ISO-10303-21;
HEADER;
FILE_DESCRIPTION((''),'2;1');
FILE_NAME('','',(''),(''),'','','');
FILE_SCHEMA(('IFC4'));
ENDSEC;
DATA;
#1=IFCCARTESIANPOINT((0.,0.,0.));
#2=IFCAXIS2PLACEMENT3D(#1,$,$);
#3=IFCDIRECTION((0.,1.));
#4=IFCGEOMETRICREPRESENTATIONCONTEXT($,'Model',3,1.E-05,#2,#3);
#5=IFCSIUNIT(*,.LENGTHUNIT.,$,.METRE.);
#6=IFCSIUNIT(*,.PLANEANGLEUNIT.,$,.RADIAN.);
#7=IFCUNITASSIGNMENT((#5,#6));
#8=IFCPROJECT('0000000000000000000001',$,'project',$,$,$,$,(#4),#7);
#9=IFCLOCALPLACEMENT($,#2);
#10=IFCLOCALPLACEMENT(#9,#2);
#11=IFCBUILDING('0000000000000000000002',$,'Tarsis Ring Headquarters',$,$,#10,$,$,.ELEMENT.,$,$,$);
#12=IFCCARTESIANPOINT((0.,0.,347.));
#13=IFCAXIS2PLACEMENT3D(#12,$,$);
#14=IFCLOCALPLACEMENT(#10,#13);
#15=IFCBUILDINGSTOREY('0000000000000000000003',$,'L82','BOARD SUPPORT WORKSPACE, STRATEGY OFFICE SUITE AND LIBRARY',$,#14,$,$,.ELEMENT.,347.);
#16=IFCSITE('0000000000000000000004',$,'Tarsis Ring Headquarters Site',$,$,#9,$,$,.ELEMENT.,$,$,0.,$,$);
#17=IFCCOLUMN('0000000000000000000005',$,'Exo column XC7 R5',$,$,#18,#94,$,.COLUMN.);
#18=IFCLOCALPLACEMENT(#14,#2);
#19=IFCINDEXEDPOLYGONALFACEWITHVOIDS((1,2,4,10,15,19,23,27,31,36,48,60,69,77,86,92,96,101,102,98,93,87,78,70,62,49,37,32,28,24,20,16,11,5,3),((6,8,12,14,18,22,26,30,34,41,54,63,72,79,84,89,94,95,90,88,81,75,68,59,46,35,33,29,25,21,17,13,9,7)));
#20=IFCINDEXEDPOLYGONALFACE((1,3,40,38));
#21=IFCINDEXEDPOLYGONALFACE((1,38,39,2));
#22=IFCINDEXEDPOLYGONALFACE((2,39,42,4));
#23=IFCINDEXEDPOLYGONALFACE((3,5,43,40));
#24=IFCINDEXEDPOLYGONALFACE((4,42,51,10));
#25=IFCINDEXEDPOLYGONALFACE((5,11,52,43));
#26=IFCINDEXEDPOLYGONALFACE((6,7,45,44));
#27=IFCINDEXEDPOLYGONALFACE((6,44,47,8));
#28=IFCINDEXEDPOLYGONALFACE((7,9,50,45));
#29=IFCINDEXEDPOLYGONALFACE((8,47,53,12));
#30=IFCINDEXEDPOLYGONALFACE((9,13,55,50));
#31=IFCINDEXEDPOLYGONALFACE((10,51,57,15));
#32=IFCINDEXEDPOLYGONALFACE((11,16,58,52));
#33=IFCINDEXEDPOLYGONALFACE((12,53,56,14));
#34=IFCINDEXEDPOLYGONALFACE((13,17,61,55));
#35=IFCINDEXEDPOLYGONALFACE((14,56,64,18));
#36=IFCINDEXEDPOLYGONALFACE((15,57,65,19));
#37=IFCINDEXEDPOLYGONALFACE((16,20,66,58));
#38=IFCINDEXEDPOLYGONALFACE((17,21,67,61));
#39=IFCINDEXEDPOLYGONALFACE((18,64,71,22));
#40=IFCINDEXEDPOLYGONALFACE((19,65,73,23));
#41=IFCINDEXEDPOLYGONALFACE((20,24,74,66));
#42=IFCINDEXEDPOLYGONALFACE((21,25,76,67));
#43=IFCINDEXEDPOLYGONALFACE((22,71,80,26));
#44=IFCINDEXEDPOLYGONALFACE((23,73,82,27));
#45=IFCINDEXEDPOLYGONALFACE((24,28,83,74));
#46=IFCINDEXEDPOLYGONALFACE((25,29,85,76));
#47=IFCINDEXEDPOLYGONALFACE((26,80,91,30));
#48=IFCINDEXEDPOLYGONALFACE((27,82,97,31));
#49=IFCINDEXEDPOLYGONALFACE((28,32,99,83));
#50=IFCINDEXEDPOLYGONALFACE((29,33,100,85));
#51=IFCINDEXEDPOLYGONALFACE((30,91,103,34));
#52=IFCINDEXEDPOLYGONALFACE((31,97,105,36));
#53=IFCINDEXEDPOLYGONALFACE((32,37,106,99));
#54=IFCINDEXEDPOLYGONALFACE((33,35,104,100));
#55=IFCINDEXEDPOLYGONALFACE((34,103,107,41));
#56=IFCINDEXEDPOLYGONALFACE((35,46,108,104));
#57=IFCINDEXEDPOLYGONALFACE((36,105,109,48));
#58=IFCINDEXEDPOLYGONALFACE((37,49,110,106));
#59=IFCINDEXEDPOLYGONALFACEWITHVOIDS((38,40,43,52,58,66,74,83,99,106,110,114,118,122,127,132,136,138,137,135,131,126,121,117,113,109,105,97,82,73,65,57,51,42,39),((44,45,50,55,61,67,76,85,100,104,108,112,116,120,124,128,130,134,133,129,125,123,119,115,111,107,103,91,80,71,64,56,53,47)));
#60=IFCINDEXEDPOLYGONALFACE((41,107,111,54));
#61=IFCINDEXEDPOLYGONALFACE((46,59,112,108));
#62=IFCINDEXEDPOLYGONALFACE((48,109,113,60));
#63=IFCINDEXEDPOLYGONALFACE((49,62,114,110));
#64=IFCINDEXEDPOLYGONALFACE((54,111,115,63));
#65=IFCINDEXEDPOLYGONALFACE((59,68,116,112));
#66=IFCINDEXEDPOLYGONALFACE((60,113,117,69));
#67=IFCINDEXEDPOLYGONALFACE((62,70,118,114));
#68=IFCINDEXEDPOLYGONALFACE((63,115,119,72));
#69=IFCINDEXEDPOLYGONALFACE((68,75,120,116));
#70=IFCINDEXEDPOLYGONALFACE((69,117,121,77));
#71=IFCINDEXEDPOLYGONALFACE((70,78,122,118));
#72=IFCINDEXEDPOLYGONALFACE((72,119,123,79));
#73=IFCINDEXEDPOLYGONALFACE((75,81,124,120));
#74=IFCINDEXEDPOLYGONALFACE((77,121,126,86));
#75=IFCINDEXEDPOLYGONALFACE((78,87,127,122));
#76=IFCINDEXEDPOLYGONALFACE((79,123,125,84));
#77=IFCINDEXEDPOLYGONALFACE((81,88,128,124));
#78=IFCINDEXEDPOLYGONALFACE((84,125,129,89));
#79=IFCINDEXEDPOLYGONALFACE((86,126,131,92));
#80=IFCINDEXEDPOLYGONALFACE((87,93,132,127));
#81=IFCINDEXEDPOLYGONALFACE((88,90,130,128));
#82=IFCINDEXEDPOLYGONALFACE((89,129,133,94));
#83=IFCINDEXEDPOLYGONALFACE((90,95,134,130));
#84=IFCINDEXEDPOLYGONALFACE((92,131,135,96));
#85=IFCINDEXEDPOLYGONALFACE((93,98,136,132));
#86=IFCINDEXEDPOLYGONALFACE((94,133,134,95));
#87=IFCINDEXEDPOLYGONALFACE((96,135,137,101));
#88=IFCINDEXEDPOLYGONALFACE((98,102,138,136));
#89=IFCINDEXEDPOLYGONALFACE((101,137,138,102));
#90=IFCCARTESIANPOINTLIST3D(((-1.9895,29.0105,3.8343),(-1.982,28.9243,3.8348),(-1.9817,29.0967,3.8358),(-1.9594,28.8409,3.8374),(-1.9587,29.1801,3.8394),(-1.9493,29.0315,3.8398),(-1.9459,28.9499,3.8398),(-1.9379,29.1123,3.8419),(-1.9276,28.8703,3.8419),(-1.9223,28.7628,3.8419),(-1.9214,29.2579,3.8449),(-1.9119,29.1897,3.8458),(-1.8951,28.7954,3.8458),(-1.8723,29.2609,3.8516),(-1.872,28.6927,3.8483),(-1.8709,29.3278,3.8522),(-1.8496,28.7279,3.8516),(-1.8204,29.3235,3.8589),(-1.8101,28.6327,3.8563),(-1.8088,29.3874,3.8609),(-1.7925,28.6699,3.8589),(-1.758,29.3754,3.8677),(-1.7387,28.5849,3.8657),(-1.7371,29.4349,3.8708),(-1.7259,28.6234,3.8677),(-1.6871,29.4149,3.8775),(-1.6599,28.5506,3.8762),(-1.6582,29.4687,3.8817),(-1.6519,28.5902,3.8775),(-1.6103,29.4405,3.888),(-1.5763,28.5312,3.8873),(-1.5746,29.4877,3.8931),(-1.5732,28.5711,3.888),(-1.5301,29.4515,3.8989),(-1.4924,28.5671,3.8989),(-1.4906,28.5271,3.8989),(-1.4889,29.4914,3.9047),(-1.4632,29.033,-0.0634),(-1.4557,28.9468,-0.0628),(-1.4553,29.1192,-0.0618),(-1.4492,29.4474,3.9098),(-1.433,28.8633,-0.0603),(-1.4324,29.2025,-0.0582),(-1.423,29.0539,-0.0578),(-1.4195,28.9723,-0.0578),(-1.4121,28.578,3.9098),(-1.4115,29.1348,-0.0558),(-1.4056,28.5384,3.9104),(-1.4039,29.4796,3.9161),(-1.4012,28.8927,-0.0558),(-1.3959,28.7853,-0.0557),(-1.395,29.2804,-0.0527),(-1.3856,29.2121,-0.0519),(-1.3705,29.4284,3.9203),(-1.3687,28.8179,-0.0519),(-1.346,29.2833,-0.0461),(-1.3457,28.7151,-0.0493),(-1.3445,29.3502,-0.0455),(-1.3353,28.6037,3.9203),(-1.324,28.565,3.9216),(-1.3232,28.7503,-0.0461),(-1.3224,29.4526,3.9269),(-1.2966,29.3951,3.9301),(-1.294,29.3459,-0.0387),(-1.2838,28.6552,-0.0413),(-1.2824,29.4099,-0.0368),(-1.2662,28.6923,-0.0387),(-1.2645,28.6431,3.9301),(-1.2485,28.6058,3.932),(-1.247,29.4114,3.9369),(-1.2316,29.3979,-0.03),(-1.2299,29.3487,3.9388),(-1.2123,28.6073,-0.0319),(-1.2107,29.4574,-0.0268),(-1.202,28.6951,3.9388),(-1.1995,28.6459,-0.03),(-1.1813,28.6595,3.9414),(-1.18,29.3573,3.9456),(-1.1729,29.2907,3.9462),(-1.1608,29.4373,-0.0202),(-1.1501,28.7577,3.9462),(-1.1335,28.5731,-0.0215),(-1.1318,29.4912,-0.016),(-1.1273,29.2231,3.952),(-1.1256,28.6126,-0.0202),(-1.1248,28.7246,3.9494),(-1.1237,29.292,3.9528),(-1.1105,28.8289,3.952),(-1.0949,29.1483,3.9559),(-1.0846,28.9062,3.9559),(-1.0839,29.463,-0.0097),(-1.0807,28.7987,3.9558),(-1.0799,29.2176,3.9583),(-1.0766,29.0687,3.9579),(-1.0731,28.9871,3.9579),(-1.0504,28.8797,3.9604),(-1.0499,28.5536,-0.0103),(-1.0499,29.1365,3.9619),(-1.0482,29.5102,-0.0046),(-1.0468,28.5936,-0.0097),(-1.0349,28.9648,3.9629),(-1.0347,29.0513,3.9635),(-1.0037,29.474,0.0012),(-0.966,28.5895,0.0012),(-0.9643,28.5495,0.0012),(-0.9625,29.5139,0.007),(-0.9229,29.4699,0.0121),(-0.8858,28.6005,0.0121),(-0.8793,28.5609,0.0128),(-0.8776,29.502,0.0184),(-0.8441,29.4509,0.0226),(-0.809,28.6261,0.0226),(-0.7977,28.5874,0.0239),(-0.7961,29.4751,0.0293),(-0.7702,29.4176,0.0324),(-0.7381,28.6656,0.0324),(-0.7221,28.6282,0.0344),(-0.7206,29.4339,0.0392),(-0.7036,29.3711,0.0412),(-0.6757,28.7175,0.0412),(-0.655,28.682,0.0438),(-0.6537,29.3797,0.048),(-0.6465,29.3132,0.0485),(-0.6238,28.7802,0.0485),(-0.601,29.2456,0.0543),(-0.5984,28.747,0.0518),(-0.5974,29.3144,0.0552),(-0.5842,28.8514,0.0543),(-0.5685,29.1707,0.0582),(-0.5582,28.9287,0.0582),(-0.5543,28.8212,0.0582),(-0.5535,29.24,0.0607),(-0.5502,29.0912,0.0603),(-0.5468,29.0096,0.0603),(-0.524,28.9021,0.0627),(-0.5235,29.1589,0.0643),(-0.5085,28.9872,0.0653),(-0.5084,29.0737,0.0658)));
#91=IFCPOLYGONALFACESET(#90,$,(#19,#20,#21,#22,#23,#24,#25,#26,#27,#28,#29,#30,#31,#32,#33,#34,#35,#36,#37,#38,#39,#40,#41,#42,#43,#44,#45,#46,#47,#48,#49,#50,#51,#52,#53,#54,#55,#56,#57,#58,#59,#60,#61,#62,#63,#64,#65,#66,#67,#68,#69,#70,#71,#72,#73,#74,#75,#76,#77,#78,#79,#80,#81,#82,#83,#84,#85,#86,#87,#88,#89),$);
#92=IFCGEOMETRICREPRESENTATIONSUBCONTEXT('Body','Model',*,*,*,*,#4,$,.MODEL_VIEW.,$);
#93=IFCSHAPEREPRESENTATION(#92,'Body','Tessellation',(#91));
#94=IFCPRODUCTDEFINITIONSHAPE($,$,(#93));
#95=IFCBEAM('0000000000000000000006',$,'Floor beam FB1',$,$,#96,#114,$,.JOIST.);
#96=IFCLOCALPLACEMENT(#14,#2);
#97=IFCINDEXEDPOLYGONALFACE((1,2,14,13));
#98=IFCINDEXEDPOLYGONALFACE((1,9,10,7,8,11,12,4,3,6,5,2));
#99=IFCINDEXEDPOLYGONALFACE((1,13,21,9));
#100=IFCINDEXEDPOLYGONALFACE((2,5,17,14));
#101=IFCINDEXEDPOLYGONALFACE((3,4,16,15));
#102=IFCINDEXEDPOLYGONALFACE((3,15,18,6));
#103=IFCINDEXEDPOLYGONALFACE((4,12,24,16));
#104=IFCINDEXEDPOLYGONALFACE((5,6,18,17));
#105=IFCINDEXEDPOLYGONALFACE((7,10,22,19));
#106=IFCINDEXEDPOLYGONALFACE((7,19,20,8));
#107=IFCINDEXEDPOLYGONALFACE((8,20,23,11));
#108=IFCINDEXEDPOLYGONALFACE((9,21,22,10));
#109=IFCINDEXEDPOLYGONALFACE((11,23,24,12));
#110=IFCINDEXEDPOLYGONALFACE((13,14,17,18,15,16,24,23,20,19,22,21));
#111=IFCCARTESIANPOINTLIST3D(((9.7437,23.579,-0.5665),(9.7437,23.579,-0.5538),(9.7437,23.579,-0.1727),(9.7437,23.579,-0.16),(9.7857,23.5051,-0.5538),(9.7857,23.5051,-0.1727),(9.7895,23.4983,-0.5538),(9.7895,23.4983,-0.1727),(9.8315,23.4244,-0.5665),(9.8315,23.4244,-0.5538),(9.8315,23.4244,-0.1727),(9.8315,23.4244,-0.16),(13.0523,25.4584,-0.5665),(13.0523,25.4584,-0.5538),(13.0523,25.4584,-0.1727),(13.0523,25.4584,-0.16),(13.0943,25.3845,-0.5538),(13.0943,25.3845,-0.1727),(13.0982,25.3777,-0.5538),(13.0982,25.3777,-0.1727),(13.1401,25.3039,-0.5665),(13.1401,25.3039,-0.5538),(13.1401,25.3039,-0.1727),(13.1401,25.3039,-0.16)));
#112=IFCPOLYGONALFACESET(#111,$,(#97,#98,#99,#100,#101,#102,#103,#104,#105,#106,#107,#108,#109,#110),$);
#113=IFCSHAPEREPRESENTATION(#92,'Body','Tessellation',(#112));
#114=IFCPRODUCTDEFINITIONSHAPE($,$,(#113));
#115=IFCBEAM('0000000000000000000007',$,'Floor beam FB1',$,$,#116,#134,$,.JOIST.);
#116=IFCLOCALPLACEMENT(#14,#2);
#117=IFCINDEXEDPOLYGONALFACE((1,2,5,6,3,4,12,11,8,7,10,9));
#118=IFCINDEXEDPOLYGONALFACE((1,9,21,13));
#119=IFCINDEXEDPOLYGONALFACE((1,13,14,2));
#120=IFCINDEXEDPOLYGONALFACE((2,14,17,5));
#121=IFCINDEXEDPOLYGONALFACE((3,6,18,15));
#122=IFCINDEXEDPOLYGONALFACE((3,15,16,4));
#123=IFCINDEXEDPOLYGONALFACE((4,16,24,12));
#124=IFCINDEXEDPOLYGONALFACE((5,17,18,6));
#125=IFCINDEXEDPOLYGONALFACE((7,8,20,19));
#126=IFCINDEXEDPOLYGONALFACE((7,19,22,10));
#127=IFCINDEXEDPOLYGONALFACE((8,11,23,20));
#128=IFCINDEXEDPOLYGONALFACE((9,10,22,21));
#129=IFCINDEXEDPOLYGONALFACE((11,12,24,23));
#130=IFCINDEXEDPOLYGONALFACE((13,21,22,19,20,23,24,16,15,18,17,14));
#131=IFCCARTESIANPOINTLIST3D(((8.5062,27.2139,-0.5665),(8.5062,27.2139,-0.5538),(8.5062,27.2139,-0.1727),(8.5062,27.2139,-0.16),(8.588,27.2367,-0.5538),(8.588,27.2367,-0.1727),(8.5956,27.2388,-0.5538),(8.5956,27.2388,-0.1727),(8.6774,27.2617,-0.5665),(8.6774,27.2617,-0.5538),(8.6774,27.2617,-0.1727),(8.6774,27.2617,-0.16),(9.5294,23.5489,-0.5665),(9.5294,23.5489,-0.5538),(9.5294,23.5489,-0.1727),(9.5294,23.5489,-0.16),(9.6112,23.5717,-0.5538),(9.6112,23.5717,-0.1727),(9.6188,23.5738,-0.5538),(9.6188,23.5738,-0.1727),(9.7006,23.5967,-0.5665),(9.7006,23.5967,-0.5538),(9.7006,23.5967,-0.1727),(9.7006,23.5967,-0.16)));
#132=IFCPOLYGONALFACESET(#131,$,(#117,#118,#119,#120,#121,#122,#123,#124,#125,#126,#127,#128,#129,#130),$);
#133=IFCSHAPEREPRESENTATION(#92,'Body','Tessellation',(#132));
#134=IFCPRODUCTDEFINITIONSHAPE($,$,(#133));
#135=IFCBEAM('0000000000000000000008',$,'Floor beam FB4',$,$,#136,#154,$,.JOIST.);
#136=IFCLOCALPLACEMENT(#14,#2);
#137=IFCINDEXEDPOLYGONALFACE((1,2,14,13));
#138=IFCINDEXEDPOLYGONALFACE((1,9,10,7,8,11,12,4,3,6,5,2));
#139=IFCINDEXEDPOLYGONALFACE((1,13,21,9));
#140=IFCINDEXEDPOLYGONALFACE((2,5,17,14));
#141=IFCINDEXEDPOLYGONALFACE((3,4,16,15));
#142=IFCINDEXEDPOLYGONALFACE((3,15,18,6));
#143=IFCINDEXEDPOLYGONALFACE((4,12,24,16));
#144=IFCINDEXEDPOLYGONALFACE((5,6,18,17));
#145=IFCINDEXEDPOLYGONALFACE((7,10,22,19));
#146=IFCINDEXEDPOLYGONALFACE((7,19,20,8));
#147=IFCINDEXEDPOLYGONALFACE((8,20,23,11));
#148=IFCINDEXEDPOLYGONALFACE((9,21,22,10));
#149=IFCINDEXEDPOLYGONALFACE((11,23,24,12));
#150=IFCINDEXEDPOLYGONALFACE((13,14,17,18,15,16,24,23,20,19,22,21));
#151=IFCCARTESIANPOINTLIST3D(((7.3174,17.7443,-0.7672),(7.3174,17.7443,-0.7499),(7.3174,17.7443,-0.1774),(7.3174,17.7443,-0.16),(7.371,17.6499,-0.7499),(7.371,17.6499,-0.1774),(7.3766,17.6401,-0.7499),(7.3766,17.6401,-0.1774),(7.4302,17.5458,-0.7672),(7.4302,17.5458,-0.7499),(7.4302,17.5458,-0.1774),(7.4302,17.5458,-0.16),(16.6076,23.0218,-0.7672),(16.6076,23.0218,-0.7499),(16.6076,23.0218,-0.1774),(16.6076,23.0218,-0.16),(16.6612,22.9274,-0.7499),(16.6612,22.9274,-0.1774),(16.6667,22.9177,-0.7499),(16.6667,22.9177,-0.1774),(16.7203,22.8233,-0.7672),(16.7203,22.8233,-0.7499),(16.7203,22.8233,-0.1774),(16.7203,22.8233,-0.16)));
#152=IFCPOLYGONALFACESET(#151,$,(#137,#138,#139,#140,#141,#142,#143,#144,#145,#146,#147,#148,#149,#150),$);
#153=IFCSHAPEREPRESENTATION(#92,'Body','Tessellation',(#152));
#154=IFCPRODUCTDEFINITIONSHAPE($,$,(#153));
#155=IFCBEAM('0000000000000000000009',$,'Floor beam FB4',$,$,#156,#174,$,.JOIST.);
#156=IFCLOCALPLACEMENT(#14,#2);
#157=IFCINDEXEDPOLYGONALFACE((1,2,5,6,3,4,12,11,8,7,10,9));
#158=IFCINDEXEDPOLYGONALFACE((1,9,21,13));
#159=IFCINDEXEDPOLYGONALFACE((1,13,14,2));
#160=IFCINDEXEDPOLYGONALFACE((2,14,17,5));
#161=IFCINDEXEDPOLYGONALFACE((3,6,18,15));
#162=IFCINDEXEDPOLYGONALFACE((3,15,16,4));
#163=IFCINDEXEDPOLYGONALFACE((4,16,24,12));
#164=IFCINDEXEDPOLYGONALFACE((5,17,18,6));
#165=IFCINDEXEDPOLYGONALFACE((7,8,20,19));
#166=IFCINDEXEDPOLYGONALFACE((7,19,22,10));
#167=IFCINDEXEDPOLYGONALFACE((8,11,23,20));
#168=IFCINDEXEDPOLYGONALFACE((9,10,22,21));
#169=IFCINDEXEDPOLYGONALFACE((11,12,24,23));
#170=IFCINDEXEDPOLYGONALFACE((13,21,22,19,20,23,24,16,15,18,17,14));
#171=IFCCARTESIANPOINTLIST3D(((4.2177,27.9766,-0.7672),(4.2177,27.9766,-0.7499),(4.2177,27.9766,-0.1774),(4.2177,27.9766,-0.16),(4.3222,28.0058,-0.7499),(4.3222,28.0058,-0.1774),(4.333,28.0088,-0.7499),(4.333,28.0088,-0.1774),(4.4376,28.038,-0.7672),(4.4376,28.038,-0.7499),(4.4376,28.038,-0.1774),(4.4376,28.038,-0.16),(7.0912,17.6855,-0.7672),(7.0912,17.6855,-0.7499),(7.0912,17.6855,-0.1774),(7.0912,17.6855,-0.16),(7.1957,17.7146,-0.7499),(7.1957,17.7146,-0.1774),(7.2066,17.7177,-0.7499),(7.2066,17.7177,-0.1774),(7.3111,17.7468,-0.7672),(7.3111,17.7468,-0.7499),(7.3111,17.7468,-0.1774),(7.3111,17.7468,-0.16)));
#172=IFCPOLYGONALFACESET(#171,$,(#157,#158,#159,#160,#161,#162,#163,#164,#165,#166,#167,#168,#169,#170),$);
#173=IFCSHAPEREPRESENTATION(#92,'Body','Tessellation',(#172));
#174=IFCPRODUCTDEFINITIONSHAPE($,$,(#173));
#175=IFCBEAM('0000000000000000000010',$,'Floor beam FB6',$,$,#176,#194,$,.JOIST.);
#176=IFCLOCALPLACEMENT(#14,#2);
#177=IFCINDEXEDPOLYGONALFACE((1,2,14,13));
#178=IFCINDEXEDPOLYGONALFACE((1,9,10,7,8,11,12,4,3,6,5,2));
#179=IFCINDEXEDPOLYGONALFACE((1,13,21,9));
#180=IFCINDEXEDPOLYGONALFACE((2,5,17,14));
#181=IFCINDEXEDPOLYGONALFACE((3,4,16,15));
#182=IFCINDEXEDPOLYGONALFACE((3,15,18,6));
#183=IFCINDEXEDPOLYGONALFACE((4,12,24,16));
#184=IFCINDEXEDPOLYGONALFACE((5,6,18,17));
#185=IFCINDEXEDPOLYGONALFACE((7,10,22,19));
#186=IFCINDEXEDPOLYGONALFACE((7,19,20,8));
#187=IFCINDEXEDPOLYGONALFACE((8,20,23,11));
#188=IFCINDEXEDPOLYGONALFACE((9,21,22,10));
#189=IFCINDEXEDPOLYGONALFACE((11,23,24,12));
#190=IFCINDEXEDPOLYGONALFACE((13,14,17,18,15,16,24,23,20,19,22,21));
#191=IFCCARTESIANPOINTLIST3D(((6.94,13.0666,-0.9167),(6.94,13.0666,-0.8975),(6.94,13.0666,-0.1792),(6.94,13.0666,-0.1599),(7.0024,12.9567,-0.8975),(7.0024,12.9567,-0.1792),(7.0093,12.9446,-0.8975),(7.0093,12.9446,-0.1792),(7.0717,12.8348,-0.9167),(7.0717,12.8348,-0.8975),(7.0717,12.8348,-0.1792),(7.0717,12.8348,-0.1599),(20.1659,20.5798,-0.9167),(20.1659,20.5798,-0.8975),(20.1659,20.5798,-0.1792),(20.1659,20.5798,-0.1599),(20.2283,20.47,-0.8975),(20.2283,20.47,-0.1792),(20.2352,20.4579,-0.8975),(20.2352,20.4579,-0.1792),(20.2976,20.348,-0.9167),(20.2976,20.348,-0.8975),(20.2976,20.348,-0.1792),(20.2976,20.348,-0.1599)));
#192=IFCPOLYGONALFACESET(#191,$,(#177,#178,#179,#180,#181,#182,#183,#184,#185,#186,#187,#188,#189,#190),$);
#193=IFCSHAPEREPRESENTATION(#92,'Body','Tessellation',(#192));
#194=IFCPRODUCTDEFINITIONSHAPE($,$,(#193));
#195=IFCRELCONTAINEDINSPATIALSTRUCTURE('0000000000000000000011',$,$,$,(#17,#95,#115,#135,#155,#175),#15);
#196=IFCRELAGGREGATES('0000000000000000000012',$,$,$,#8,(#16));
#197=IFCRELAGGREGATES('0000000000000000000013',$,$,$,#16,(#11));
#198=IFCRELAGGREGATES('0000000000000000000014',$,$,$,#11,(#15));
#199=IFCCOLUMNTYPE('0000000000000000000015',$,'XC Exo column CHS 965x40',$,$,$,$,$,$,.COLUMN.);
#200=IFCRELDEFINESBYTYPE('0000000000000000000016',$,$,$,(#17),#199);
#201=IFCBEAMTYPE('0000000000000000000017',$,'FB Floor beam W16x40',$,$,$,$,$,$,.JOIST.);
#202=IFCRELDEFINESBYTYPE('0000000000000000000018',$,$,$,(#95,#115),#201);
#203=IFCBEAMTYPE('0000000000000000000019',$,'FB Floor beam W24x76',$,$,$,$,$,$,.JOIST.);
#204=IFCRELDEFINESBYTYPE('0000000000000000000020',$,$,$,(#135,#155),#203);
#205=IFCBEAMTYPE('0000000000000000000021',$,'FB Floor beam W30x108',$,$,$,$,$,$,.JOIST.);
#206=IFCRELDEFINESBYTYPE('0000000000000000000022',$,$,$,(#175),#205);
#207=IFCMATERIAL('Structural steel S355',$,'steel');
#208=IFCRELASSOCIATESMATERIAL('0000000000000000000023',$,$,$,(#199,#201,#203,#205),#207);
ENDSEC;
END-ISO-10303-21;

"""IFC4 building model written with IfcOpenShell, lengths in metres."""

from ifc_helpers import new_model, si_unit, direction, frame, origin, origin_2d, place, context, subcontext, project, spatial, hollow_circle, i_section, extrude, material, material_profile, profile_set, type_object, element, save


model = new_model("IFC4")

# Units and contexts
model_context = context("Model", 3, precision=1e-05, world=origin(), true_north=direction((0.0, 1.0)))
body_context = subcontext(model_context, "Body", "Model", "MODEL_VIEW")
ifc_project = project(units=[si_unit("LENGTHUNIT", "METRE"), si_unit("PLANEANGLEUNIT", "RADIAN")], contexts=[model_context])

# Site, building, storey
site_placement = place(None, origin())
site = spatial("IfcSite", under=ifc_project, at=site_placement, Name="Tarsis Ring Headquarters Site", CompositionType="ELEMENT", RefElevation=0.0)
building_placement = place(site_placement, origin())
building = spatial("IfcBuilding", under=site, at=building_placement, Name="Tarsis Ring Headquarters", CompositionType="ELEMENT")
storey_placement = place(building_placement, frame((0.0, 0.0, 347.0)))
storey = spatial("IfcBuildingStorey", under=building, at=storey_placement, Name="L82", Description="BOARD SUPPORT WORKSPACE, STRATEGY OFFICE SUITE AND LIBRARY", CompositionType="ELEMENT", Elevation=347.0)

# Column
ifc_material_1 = material(Name="Structural steel S355", Category="steel")
ifc_material_profile_1 = material_profile(ifc_material_1, hollow_circle(Radius=0.4827, WallThickness=0.04, at=origin_2d()), Name="CHS 965x40")
ifc_profile_set_1 = profile_set([ifc_material_profile_1], Name="Structural steel S355")
column_type = type_object("IfcColumnType", Name="XC Exo column CHS 965x40", PredefinedType="COLUMN", material=ifc_profile_set_1)
column_placement = place(storey_placement, frame((-0.9849, 29.0317, 0.0012), z_axis=(-0.133828, -0.005711, 0.990988), x_axis=(0.042633, -0.999091, 0.0)))
element("IfcColumn", 1, at=column_placement, inside=storey, type_object=column_type, Name="Exo column XC7 R5", PredefinedType="COLUMN", context=body_context, shape_type="SweptSolid", body=[
    extrude(hollow_circle(Radius=0.4827, WallThickness=0.04, at=origin_2d()), origin(), (0.0, 0.0, 1.0), 3.9331),
])

# Beams
ifc_material_profile_2 = material_profile(ifc_material_1, i_section(OverallWidth=0.1777, OverallDepth=0.4065, WebThickness=0.0078, FlangeThickness=0.0127, at=origin_2d()), Name="W16x40")
ifc_profile_set_2 = profile_set([ifc_material_profile_2], Name="Structural steel S355")
beam_type_1 = type_object("IfcBeamType", Name="FB Floor beam W16x40", PredefinedType="JOIST", material=ifc_profile_set_2)
for number, where, z_axis, x_axis, name in (
    (2, (9.7876, 23.5017, -0.3633), (0.869512, 0.493912, 0.0), (-0.493912, 0.869512, 0.0), "Floor beam FB1"),
    (3, (8.5918, 27.2378, -0.3633), (0.268894, -0.96317, 0.0), (0.96317, 0.268894, 0.0), "Floor beam FB1"),
):
    element("IfcBeam", number, at=place(storey_placement, frame(where, z_axis=z_axis, x_axis=x_axis)), inside=storey, type_object=beam_type_1, Name=name, PredefinedType="JOIST", context=body_context, shape_type="SweptSolid", body=[
        extrude(i_section(OverallWidth=0.1777, OverallDepth=0.4065, WebThickness=0.0078, FlangeThickness=0.0127, at=origin_2d()), origin(), (0.0, 0.0, 1.0), 3.8052),
    ])
ifc_material_profile_3 = material_profile(ifc_material_1, i_section(OverallWidth=0.2283, OverallDepth=0.6072, WebThickness=0.0112, FlangeThickness=0.0173, at=origin_2d()), Name="W24x76")
ifc_profile_set_3 = profile_set([ifc_material_profile_3], Name="Structural steel S355")
beam_type_2 = type_object("IfcBeamType", Name="FB Floor beam W24x76", PredefinedType="JOIST", material=ifc_profile_set_3)
beam_1_placement = place(storey_placement, frame((7.3738, 17.645, -0.4636), z_axis=(0.869496, 0.49394, 0.0), x_axis=(-0.49394, 0.869496, 0.0)))
element("IfcBeam", 4, at=beam_1_placement, inside=storey, type_object=beam_type_2, Name="Floor beam FB4", PredefinedType="JOIST", context=body_context, shape_type="SweptSolid", body=[
    extrude(i_section(OverallWidth=0.2283, OverallDepth=0.6072, WebThickness=0.0112, FlangeThickness=0.0173, at=origin_2d()), origin(), (0.0, 0.0, 1.0), 10.6846),
])
beam_2_placement = place(storey_placement, frame((4.3276, 28.0073, -0.4636), z_axis=(0.268934, -0.963159, 0.0), x_axis=(0.963159, 0.268934, 0.0)))
element("IfcBeam", 5, at=beam_2_placement, inside=storey, type_object=beam_type_2, Name="Floor beam FB4", PredefinedType="JOIST", context=body_context, shape_type="SweptSolid", body=[
    extrude(i_section(OverallWidth=0.2283, OverallDepth=0.6072, WebThickness=0.0112, FlangeThickness=0.0173, at=origin_2d()), origin(), (0.0, 0.0, 1.0), 10.6848),
])
ifc_material_profile_4 = material_profile(ifc_material_1, i_section(OverallWidth=0.2666, OverallDepth=0.7568, WebThickness=0.0139, FlangeThickness=0.0193, at=origin_2d()), Name="W30x108")
ifc_profile_set_4 = profile_set([ifc_material_profile_4], Name="Structural steel S355")
beam_type_3 = type_object("IfcBeamType", Name="FB Floor beam W30x108", PredefinedType="JOIST", material=ifc_profile_set_4)
beam_3_placement = place(storey_placement, frame((7.0059, 12.9507, -0.5383), z_axis=(0.869499, 0.493935, 0.0), x_axis=(-0.493935, 0.869499, 0.0)))
element("IfcBeam", 6, at=beam_3_placement, inside=storey, type_object=beam_type_3, Name="Floor beam FB6", PredefinedType="JOIST", context=body_context, shape_type="SweptSolid", body=[
    extrude(i_section(OverallWidth=0.2666, OverallDepth=0.7568, WebThickness=0.0139, FlangeThickness=0.0193, at=origin_2d()), origin(), (0.0, 0.0, 1.0), 15.2109),
])

save(model, "model.ifc")
